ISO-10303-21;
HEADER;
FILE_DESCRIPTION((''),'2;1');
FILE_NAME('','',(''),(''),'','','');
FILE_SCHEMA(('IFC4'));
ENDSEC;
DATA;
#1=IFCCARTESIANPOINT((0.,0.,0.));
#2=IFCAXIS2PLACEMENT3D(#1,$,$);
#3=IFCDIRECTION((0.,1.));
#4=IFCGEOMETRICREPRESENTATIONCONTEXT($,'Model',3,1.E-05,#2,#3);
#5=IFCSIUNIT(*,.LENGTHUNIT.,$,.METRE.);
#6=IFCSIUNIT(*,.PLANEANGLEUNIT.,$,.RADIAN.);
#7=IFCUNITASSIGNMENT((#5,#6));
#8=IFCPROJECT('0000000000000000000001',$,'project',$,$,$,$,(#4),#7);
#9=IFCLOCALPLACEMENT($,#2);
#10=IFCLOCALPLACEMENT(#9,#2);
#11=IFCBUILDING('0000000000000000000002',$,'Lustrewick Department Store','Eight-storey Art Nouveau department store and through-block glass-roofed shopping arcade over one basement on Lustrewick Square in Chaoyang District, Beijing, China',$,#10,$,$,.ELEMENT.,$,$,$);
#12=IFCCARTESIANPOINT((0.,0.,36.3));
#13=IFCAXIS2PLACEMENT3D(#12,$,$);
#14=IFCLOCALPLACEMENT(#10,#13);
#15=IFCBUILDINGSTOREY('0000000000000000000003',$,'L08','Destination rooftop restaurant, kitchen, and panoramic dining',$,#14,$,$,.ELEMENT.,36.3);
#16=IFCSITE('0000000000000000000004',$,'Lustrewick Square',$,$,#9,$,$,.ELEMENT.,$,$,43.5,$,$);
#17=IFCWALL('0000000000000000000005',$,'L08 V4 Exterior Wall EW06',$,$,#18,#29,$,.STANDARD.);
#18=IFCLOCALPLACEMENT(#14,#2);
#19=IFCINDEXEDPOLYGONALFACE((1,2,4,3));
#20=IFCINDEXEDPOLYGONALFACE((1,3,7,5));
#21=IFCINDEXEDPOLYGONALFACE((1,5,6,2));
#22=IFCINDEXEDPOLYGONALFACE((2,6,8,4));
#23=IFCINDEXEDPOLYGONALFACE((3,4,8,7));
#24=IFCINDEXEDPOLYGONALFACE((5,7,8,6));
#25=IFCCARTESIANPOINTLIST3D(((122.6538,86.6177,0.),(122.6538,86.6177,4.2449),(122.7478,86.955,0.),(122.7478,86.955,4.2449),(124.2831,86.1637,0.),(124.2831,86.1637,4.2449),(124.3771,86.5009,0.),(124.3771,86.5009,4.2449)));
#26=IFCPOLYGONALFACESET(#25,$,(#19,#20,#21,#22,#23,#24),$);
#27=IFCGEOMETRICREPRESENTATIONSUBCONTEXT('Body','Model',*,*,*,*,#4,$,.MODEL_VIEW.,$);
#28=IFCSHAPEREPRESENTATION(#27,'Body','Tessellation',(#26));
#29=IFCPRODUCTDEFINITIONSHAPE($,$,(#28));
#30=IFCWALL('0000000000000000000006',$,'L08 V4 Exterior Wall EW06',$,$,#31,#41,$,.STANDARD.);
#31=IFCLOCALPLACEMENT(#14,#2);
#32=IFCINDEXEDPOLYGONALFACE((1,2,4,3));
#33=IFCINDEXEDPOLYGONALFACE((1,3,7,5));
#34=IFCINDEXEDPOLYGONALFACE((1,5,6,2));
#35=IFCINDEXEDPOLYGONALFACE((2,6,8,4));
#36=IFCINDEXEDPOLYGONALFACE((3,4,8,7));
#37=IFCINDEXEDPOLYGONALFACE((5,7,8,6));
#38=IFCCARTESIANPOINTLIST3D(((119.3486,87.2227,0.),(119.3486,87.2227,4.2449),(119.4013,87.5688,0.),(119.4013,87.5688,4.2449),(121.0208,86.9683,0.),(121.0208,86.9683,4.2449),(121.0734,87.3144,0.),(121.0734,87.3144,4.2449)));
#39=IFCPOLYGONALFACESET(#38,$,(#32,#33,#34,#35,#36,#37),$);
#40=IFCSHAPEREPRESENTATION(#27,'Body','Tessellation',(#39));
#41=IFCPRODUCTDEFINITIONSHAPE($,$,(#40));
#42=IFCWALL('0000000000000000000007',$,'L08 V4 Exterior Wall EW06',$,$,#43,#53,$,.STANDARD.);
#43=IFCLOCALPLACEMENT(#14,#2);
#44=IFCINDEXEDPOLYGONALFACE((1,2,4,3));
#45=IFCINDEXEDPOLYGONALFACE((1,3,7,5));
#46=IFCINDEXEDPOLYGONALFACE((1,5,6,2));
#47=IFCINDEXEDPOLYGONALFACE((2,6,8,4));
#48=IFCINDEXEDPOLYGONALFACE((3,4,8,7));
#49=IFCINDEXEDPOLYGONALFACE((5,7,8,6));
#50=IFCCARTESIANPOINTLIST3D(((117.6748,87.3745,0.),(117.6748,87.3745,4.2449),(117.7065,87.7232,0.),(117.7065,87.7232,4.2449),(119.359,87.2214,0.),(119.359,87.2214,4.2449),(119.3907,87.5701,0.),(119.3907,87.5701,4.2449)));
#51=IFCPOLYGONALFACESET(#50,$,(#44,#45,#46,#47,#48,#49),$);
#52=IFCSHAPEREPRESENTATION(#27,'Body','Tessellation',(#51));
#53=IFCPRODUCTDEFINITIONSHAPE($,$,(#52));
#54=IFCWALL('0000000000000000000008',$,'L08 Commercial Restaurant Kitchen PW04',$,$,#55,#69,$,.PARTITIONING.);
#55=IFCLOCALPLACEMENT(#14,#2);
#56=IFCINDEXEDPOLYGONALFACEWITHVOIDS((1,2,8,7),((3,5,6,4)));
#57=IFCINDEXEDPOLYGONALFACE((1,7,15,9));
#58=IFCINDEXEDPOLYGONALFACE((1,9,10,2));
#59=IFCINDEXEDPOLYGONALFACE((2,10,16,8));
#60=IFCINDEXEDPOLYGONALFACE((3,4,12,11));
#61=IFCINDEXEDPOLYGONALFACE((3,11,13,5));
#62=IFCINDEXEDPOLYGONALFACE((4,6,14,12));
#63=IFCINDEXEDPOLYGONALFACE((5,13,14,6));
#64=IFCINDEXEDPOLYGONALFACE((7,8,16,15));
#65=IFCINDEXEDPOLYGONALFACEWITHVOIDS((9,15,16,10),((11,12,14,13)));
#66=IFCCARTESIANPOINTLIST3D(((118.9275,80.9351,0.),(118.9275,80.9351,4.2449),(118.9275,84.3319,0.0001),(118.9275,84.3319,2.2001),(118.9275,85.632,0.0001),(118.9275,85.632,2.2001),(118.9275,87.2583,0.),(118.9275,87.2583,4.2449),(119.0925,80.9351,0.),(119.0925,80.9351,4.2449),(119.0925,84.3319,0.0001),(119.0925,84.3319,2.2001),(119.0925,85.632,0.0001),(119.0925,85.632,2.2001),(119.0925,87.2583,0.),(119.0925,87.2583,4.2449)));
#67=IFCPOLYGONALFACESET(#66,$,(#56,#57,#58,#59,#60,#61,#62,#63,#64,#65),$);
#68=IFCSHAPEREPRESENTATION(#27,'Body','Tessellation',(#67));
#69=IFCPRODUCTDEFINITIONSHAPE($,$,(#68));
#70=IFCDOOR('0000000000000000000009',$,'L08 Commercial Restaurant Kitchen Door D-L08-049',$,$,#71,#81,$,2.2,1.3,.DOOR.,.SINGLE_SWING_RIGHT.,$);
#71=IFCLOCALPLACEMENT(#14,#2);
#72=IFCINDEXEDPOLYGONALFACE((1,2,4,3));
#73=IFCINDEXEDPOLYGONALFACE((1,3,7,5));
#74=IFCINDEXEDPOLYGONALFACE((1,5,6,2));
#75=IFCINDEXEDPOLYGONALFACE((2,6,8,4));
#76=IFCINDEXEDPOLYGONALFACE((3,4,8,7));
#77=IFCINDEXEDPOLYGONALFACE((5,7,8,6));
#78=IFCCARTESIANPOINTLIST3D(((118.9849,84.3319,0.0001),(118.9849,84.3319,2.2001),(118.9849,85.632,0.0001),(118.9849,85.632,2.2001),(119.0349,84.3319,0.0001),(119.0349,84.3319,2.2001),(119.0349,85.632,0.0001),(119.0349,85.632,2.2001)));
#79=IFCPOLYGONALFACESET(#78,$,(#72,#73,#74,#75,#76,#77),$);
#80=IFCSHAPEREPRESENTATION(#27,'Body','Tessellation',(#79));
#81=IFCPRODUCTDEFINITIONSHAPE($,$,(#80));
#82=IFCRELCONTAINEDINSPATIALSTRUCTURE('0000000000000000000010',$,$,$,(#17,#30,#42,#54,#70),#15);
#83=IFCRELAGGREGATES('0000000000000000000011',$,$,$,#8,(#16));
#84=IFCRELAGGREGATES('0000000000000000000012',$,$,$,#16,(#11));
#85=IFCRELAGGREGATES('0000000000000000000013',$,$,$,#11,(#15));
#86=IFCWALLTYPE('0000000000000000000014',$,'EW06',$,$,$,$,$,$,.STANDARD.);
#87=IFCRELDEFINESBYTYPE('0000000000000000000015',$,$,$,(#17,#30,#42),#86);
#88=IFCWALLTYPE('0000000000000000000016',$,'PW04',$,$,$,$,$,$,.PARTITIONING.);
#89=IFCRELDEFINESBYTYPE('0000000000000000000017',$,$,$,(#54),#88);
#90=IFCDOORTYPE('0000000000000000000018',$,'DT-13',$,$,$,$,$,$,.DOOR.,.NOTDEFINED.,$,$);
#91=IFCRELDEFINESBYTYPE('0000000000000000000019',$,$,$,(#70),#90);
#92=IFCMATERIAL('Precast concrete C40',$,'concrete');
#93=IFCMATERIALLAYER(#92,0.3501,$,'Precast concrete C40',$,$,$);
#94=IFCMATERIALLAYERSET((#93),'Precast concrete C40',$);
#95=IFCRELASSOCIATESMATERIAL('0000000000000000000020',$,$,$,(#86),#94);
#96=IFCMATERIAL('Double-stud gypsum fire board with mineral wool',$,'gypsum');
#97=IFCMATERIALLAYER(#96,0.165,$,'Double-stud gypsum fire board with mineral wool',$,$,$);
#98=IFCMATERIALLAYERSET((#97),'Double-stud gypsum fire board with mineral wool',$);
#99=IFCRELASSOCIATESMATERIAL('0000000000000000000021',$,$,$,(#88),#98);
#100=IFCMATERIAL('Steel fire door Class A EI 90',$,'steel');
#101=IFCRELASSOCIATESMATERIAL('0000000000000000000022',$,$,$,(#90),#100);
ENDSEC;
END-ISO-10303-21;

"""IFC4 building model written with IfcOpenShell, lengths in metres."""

from ifc_helpers import new_model, si_unit, direction, frame, frame_2d, origin, place, context, subcontext, project, spatial, rectangle, extrude, material, layer, layer_set, type_object, element, fill, save


model = new_model("IFC4")

# Units and contexts
model_context = context("Model", 3, precision=1e-05, world=origin(), true_north=direction((0.0, 1.0)))
body_context = subcontext(model_context, "Body", "Model", "MODEL_VIEW")
ifc_project = project(units=[si_unit("LENGTHUNIT", "METRE"), si_unit("PLANEANGLEUNIT", "RADIAN")], contexts=[model_context])

# Site, building, storey
site_placement = place(None, origin())
site = spatial("IfcSite", under=ifc_project, at=site_placement, Name="Lustrewick Square", CompositionType="ELEMENT", RefElevation=43.5)
building_placement = place(site_placement, origin())
building = spatial("IfcBuilding", under=site, at=building_placement, Name="Lustrewick Department Store", Description="Eight-storey Art Nouveau department store and through-block glass-roofed shopping arcade over one basement on Lustrewick Square in Chaoyang District, Beijing, China", CompositionType="ELEMENT")
storey_placement = place(building_placement, frame((0.0, 0.0, 36.3)))
storey = spatial("IfcBuildingStorey", under=building, at=storey_placement, Name="L08", Description="Destination rooftop restaurant, kitchen, and panoramic dining", CompositionType="ELEMENT", Elevation=36.3)

# Walls
ifc_material_1 = material(Name="Precast concrete C40", Category="concrete")
ifc_layer_1 = layer(ifc_material_1, 0.3501, Name="Precast concrete C40")
ifc_layer_set_1 = layer_set([ifc_layer_1], Name="Precast concrete C40")
wall_type_1 = type_object("IfcWallType", Name="EW06", PredefinedType="STANDARD", material=ifc_layer_set_1)
for number, where, z_axis, x_axis, name in (
    (1, (124.3301, 86.3323, 0.0), (0.0, 0.0, 1.0), (-0.96329, 0.268463, 0.0), "L08 V4 Exterior Wall EW06"),
    (2, (121.0471, 87.1414, 0.0), (0.0, 0.0, 1.0), (-0.988624, 0.150408, 0.0), "L08 V4 Exterior Wall EW06"),
):
    element("IfcWall", number, at=place(storey_placement, frame(where, z_axis=z_axis, x_axis=x_axis)), inside=storey, type_object=wall_type_1, Name=name, PredefinedType="STANDARD", context=body_context, shape_type="SweptSolid", body=[
        extrude(rectangle(XDim=1.6914, YDim=0.3501, at=frame_2d((0.8457, 0.0))), origin(), (0.0, 0.0, 1.0), 4.2449),
    ])
wall_1_placement = place(storey_placement, frame((119.375, 87.3958, 0.0), z_axis=(0.0, 0.0, 1.0), x_axis=(-0.995896, 0.09051, 0.0)))
element("IfcWall", 3, at=wall_1_placement, inside=storey, type_object=wall_type_1, Name="L08 V4 Exterior Wall EW06", PredefinedType="STANDARD", context=body_context, shape_type="SweptSolid", body=[
    extrude(rectangle(XDim=1.6912, YDim=0.3501, at=frame_2d((0.8457, 0.0))), origin(), (0.0, 0.0, 1.0), 4.2449),
])

# Wall, opening, door
ifc_material_2 = material(Name="Double-stud gypsum fire board with mineral wool", Category="gypsum")
ifc_layer_2 = layer(ifc_material_2, 0.165, Name="Double-stud gypsum fire board with mineral wool")
ifc_layer_set_2 = layer_set([ifc_layer_2], Name="Double-stud gypsum fire board with mineral wool")
wall_type_2 = type_object("IfcWallType", Name="PW04", PredefinedType="PARTITIONING", material=ifc_layer_set_2)
wall_2_placement = place(storey_placement, frame((119.01, 87.2583, 0.0), z_axis=(0.0, 0.0, 1.0), x_axis=(0.0, -1.0, 0.0)))
wall_2 = element("IfcWall", 4, at=wall_2_placement, inside=storey, type_object=wall_type_2, Name="L08 Commercial Restaurant Kitchen PW04", PredefinedType="PARTITIONING", context=body_context, shape_type="SweptSolid", body=[
    extrude(rectangle(XDim=6.3232, YDim=0.165, at=frame_2d((3.1616, 0.0))), origin(), (0.0, 0.0, 1.0), 4.2449),
])
opening_placement = place(wall_2_placement, frame((1.6265, 0.0, 0.0)))
opening = element("IfcOpeningElement", 5, at=opening_placement, cuts=wall_2, PredefinedType="OPENING", context=body_context, shape_type="SweptSolid", body=[
    extrude(rectangle(XDim=1.3, YDim=2.2, at=frame_2d((0.6499, 1.1001))), frame((0.0, 0.0925, 0.0), z_axis=(0.0, -1.0, 0.0), x_axis=(1.0, 0.0, 0.0)), (0.0, 0.0, 1.0), 0.1851),
])
ifc_material_3 = material(Name="Steel fire door Class A EI 90", Category="steel")
door_type = type_object("IfcDoorType", Name="DT-13", OperationType="NOTDEFINED", PredefinedType="DOOR", material=ifc_material_3)
door_placement = place(opening_placement, origin())
door = element("IfcDoor", 6, at=door_placement, inside=storey, type_object=door_type, Name="L08 Commercial Restaurant Kitchen Door D-L08-049", OperationType="SINGLE_SWING_RIGHT", OverallHeight=2.2, OverallWidth=1.3, PredefinedType="DOOR", context=body_context, shape_type="SweptSolid", body=[
    extrude(rectangle(XDim=1.3, YDim=2.2, at=frame_2d((0.6499, 1.1001))), frame((0.0, 0.0249, 0.0), z_axis=(0.0, -1.0, 0.0), x_axis=(1.0, 0.0, 0.0)), (0.0, 0.0, 1.0), 0.05),
])
fill(opening, door)

save(model, "model.ifc")
